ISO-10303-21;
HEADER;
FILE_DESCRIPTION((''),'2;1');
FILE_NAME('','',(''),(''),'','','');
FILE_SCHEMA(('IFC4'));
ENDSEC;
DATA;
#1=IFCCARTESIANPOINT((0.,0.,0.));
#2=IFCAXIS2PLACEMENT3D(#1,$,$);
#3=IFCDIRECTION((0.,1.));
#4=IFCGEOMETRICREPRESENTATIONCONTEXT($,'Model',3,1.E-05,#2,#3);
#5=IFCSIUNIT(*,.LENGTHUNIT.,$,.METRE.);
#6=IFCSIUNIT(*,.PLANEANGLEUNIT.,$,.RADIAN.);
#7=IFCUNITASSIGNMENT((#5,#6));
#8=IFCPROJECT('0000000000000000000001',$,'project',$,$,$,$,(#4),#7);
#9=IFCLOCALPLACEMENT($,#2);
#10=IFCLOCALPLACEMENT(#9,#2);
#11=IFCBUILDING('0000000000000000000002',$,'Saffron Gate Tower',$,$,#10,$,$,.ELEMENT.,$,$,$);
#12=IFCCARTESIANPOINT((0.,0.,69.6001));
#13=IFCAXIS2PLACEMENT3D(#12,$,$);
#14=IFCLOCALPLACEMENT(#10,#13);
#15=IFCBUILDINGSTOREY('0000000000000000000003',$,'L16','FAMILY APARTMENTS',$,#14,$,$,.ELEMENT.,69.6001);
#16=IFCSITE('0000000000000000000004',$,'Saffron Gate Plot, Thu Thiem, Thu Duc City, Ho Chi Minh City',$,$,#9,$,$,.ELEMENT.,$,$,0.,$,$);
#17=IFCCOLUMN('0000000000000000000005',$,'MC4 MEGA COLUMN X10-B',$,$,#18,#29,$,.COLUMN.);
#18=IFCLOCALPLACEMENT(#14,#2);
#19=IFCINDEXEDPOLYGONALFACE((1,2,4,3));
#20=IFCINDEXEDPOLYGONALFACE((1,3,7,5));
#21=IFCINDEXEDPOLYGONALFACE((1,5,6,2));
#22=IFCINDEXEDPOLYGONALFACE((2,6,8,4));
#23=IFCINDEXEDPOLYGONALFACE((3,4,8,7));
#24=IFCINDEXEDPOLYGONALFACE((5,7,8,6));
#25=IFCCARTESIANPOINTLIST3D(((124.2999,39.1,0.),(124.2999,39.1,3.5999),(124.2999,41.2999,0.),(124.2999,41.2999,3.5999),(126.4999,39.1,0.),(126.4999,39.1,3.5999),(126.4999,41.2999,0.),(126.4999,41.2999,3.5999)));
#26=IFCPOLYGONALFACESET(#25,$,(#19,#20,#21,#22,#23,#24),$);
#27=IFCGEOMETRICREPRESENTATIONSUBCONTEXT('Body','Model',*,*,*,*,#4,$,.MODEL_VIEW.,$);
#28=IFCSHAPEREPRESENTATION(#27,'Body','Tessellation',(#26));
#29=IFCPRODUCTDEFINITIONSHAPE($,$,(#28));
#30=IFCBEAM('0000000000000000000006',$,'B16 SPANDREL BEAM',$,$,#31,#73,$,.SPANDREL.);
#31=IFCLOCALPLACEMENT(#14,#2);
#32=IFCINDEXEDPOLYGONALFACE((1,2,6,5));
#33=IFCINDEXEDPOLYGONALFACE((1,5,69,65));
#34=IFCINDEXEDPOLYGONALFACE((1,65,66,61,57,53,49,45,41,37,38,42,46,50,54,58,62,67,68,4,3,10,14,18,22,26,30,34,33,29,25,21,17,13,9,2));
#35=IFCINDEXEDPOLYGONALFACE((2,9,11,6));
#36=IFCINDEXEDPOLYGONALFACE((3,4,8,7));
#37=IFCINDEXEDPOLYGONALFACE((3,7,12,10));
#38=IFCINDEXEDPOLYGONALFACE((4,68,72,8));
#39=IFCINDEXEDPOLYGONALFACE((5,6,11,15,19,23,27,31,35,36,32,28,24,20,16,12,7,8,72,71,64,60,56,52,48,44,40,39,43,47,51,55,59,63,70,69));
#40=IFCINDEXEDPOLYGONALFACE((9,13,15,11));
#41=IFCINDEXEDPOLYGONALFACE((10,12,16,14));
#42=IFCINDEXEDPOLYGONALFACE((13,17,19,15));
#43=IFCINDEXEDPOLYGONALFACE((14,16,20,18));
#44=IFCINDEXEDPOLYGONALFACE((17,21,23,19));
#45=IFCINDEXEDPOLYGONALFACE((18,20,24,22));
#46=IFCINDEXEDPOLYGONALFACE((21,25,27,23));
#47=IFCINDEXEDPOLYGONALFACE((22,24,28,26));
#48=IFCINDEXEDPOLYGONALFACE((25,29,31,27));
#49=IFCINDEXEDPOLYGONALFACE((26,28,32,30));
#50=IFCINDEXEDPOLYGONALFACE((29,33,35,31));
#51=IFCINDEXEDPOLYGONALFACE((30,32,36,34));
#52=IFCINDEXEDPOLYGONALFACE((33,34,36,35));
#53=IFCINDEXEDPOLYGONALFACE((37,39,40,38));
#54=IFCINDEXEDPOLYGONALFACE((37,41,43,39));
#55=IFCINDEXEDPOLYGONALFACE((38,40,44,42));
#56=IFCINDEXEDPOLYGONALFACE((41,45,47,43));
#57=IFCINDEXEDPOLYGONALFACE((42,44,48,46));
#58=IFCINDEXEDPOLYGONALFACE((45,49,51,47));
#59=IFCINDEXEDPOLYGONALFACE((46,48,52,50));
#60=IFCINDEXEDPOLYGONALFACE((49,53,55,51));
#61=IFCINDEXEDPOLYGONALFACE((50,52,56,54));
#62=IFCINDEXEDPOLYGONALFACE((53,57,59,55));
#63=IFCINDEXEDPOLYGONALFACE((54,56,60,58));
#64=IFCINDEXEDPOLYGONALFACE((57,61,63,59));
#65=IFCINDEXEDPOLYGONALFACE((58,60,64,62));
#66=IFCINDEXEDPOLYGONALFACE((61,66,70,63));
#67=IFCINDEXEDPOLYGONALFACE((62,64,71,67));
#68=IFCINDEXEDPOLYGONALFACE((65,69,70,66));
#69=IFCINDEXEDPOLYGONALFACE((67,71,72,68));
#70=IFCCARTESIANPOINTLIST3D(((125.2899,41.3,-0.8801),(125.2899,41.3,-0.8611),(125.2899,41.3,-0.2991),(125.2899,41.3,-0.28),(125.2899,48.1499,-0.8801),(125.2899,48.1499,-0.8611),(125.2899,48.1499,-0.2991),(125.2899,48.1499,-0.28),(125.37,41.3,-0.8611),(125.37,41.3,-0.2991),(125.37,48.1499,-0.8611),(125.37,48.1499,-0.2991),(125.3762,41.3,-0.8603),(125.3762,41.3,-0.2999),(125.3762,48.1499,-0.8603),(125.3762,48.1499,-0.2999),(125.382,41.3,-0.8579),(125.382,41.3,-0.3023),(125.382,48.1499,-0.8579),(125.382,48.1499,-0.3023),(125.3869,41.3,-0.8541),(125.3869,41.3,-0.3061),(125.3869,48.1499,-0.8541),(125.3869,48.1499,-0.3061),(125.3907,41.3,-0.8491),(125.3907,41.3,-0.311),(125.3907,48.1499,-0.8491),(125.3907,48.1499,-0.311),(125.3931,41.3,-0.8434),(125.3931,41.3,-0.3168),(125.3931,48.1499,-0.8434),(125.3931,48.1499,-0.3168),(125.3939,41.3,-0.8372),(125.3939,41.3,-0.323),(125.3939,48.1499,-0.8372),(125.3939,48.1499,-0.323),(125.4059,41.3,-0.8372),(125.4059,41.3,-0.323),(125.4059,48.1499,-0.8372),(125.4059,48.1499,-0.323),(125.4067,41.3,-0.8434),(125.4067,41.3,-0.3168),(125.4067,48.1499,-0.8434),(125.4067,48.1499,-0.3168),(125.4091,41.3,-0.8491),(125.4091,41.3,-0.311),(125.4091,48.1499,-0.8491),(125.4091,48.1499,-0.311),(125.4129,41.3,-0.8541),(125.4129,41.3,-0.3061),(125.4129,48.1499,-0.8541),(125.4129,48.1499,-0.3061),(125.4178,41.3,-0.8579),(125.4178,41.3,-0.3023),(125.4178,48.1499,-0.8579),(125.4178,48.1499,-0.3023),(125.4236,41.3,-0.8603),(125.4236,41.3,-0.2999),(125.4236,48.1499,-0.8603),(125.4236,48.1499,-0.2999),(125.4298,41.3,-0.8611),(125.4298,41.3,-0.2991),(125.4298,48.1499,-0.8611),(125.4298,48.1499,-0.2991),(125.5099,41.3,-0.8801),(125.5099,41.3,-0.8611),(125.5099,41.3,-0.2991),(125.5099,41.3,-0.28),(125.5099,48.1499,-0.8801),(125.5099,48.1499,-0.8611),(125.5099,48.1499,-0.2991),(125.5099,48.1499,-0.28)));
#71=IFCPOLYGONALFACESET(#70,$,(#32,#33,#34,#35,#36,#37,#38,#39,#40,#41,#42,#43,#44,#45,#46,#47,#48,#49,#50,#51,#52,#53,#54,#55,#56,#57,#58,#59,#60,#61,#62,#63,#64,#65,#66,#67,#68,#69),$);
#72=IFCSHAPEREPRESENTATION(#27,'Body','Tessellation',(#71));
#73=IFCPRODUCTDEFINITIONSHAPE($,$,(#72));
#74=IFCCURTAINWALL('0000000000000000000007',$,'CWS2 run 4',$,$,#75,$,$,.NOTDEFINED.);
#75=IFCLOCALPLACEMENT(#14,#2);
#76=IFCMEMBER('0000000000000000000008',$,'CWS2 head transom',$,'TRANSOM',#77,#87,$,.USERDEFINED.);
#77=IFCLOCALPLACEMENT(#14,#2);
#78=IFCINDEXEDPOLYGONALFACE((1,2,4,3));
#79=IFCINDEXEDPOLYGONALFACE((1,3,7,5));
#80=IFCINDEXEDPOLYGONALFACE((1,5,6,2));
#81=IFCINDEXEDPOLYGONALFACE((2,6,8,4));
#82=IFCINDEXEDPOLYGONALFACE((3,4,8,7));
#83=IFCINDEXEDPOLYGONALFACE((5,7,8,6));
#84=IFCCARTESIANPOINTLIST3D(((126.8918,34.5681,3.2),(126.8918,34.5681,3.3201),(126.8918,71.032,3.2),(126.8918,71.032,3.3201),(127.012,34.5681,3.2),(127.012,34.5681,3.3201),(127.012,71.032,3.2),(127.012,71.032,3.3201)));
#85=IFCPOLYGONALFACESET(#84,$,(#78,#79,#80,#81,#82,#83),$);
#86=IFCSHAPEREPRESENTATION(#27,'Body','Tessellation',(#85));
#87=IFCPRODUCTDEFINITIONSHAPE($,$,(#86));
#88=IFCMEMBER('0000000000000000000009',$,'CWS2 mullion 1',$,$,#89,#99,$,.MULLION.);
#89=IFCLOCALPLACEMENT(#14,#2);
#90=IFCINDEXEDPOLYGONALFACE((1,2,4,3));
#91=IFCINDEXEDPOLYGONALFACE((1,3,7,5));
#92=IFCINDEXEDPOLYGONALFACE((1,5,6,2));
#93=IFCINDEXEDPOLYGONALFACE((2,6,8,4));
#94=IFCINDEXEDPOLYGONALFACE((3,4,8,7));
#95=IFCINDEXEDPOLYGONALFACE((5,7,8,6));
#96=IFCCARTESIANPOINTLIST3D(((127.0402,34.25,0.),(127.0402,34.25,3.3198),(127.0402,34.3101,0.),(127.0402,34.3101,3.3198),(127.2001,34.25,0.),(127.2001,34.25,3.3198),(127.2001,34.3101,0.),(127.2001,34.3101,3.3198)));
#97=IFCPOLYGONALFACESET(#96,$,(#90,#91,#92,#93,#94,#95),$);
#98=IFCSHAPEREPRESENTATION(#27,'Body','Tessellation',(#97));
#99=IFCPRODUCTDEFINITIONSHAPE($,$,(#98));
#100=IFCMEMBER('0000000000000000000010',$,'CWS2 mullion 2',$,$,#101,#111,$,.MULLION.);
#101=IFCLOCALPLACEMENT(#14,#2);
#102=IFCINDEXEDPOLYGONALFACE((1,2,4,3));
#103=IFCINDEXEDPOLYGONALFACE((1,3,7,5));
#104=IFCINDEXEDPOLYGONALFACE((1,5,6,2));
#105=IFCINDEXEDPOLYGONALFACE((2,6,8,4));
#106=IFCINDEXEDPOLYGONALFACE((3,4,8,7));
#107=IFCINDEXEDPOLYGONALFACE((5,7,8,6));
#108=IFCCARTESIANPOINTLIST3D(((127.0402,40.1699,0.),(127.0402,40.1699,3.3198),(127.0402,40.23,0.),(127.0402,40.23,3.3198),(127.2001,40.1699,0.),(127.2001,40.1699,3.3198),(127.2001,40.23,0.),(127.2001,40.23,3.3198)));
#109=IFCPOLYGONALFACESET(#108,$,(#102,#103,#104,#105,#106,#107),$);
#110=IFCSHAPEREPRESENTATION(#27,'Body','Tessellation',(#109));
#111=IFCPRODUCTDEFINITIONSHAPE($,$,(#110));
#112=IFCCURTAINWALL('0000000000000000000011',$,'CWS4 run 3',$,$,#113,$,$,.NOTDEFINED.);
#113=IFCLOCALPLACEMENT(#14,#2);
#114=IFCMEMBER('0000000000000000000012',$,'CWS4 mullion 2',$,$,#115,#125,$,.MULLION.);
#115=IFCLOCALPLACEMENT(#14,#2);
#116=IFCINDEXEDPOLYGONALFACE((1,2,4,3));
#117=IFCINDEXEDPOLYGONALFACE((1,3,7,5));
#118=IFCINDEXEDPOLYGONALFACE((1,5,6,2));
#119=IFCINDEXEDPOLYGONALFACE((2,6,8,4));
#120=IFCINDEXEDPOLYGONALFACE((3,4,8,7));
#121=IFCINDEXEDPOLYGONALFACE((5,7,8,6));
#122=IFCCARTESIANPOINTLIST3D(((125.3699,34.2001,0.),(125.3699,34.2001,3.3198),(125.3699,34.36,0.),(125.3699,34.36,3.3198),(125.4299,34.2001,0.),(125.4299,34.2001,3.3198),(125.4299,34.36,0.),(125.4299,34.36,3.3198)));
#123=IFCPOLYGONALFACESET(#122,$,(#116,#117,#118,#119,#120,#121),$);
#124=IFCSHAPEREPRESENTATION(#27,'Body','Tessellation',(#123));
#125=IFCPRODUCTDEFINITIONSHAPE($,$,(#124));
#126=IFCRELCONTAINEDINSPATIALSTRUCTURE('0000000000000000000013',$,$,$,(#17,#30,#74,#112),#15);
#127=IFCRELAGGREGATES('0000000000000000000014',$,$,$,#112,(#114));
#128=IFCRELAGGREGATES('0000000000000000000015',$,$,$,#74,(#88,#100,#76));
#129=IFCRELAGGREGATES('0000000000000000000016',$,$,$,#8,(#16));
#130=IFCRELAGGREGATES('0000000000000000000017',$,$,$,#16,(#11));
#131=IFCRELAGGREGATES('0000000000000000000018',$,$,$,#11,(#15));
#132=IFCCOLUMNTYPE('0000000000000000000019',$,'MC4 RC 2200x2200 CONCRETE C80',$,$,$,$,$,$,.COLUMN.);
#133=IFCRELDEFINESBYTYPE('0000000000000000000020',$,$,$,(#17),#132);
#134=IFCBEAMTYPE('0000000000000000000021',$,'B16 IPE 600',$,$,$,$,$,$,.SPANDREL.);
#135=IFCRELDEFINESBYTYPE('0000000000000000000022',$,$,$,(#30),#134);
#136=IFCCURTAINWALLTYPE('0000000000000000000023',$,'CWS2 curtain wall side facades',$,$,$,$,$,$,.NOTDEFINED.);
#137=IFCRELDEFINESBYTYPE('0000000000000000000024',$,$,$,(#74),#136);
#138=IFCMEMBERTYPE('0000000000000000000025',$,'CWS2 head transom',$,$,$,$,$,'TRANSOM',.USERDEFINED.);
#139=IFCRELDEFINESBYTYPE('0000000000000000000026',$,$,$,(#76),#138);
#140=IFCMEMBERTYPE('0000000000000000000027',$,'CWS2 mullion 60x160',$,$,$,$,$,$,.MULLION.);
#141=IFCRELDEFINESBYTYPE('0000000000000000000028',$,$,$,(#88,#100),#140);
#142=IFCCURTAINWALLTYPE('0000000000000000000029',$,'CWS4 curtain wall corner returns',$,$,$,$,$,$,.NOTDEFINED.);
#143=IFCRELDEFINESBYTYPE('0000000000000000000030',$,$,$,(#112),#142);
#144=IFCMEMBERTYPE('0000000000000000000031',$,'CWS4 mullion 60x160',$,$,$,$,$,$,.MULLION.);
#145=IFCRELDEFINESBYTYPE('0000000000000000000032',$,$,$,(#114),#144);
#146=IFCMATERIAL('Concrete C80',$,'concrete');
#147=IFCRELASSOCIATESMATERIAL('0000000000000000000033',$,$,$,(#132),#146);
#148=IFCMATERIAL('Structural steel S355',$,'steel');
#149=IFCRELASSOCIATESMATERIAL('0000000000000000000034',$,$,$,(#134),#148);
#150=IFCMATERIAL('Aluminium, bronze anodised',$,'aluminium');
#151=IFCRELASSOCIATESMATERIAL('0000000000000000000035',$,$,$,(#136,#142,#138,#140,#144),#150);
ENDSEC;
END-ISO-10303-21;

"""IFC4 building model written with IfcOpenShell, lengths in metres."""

from ifc_helpers import new_model, si_unit, direction, frame, origin, origin_2d, place, context, subcontext, project, spatial, rectangle, i_section, extrude, material, material_profile, profile_set, type_object, element, aggregate, save


model = new_model("IFC4")

# Units and contexts
model_context = context("Model", 3, precision=1e-05, world=origin(), true_north=direction((0.0, 1.0)))
body_context = subcontext(model_context, "Body", "Model", "MODEL_VIEW")
ifc_project = project(units=[si_unit("LENGTHUNIT", "METRE"), si_unit("PLANEANGLEUNIT", "RADIAN")], contexts=[model_context])

# Site, building, storey
site_placement = place(None, origin())
site = spatial("IfcSite", under=ifc_project, at=site_placement, Name="Saffron Gate Plot, Thu Thiem, Thu Duc City, Ho Chi Minh City", CompositionType="ELEMENT", RefElevation=0.0)
building_placement = place(site_placement, origin())
building = spatial("IfcBuilding", under=site, at=building_placement, Name="Saffron Gate Tower", CompositionType="ELEMENT")
storey_placement = place(building_placement, frame((0.0, 0.0, 69.6001)))
storey = spatial("IfcBuildingStorey", under=building, at=storey_placement, Name="L16", Description="FAMILY APARTMENTS", CompositionType="ELEMENT", Elevation=69.6001)

# Column
ifc_material_1 = material(Name="Concrete C80", Category="concrete")
ifc_material_profile_1 = material_profile(ifc_material_1, rectangle(XDim=2.2, YDim=2.2, at=origin_2d()))
ifc_profile_set_1 = profile_set([ifc_material_profile_1], Name="Concrete C80")
column_type = type_object("IfcColumnType", Name="MC4 RC 2200x2200 CONCRETE C80", PredefinedType="COLUMN", material=ifc_profile_set_1)
column_placement = place(storey_placement, frame((125.3999, 40.2, 0.0), z_axis=(0.0, 0.0, 1.0), x_axis=(1.0, 0.0, 0.0)))
element("IfcColumn", 1, at=column_placement, inside=storey, type_object=column_type, Name="MC4 MEGA COLUMN X10-B", PredefinedType="COLUMN", context=body_context, shape_type="SweptSolid", body=[
    extrude(rectangle(XDim=2.2, YDim=2.2, at=origin_2d()), origin(), (0.0, 0.0, 1.0), 3.5999),
])

# Beam
ifc_material_2 = material(Name="Structural steel S355", Category="steel")
ifc_material_profile_2 = material_profile(ifc_material_2, i_section(OverallWidth=0.22, OverallDepth=0.6001, WebThickness=0.012, FlangeThickness=0.019, FilletRadius=0.0239, at=origin_2d()))
ifc_profile_set_2 = profile_set([ifc_material_profile_2], Name="Structural steel S355")
beam_type = type_object("IfcBeamType", Name="B16 IPE 600", PredefinedType="SPANDREL", material=ifc_profile_set_2)
beam_placement = place(storey_placement, frame((125.3999, 41.3, -0.5801), z_axis=(0.0, 1.0, 0.0), x_axis=(-1.0, 0.0, 0.0)))
element("IfcBeam", 2, at=beam_placement, inside=storey, type_object=beam_type, Name="B16 SPANDREL BEAM", PredefinedType="SPANDREL", context=body_context, shape_type="SweptSolid", body=[
    extrude(i_section(OverallWidth=0.22, OverallDepth=0.6001, WebThickness=0.012, FlangeThickness=0.019, FilletRadius=0.0239, at=origin_2d()), origin(), (0.0, 0.0, 1.0), 6.8499),
])

# Curtain wall, members
ifc_material_3 = material(Name="Aluminium, bronze anodised", Category="aluminium")
curtain_wall_type_1 = type_object("IfcCurtainWallType", Name="CWS2 curtain wall side facades", PredefinedType="NOTDEFINED", material=ifc_material_3)
curtain_wall_1_placement = place(storey_placement, origin())
curtain_wall_1 = element("IfcCurtainWall", 3, at=curtain_wall_1_placement, inside=storey, type_object=curtain_wall_type_1, Name="CWS2 run 4", PredefinedType="NOTDEFINED")
ifc_material_profile_3 = material_profile(ifc_material_3, rectangle(XDim=0.1201, YDim=0.1201, at=origin_2d()))
ifc_profile_set_3 = profile_set([ifc_material_profile_3], Name="Aluminium, bronze anodised")
member_type_1 = type_object("IfcMemberType", Name="CWS2 head transom", ElementType="TRANSOM", PredefinedType="USERDEFINED", material=ifc_profile_set_3)
member_1_placement = place(storey_placement, frame((126.9519, 34.5681, 3.26), z_axis=(0.0, 1.0, 0.0), x_axis=(-1.0, 0.0, 0.0)))
member_1 = element("IfcMember", 4, at=member_1_placement, type_object=member_type_1, Name="CWS2 head transom", ObjectType="TRANSOM", PredefinedType="USERDEFINED", context=body_context, shape_type="SweptSolid", body=[
    extrude(rectangle(XDim=0.1201, YDim=0.1201, at=origin_2d()), origin(), (0.0, 0.0, 1.0), 36.4639),
])
ifc_material_profile_4 = material_profile(ifc_material_3, rectangle(XDim=0.1599, YDim=0.0601, at=origin_2d()))
ifc_profile_set_4 = profile_set([ifc_material_profile_4], Name="Aluminium, bronze anodised")
member_type_2 = type_object("IfcMemberType", Name="CWS2 mullion 60x160", PredefinedType="MULLION", material=ifc_profile_set_4)
member_2_placement = place(storey_placement, frame((127.1201, 34.28, 0.0), z_axis=(0.0, 0.0, 1.0), x_axis=(-1.0, 0.0, 0.0)))
member_2 = element("IfcMember", 5, at=member_2_placement, type_object=member_type_2, Name="CWS2 mullion 1", PredefinedType="MULLION", context=body_context, shape_type="SweptSolid", body=[
    extrude(rectangle(XDim=0.1599, YDim=0.0601, at=origin_2d()), origin(), (0.0, 0.0, 1.0), 3.3198),
])
member_3_placement = place(storey_placement, frame((127.1201, 40.2, 0.0), z_axis=(0.0, 0.0, 1.0), x_axis=(-1.0, 0.0, 0.0)))
member_3 = element("IfcMember", 6, at=member_3_placement, type_object=member_type_2, Name="CWS2 mullion 2", PredefinedType="MULLION", context=body_context, shape_type="SweptSolid", body=[
    extrude(rectangle(XDim=0.1599, YDim=0.0601, at=origin_2d()), origin(), (0.0, 0.0, 1.0), 3.3198),
])

# Curtain wall, member
curtain_wall_type_2 = type_object("IfcCurtainWallType", Name="CWS4 curtain wall corner returns", PredefinedType="NOTDEFINED", material=ifc_material_3)
curtain_wall_2_placement = place(storey_placement, origin())
curtain_wall_2 = element("IfcCurtainWall", 7, at=curtain_wall_2_placement, inside=storey, type_object=curtain_wall_type_2, Name="CWS4 run 3", PredefinedType="NOTDEFINED")
ifc_material_profile_5 = material_profile(ifc_material_3, rectangle(XDim=0.1599, YDim=0.0601, at=origin_2d()))
ifc_profile_set_5 = profile_set([ifc_material_profile_5], Name="Aluminium, bronze anodised")
member_type_3 = type_object("IfcMemberType", Name="CWS4 mullion 60x160", PredefinedType="MULLION", material=ifc_profile_set_5)
member_4_placement = place(storey_placement, frame((125.3999, 34.28, 0.0), z_axis=(0.0, 0.0, 1.0), x_axis=(0.0, 1.0, 0.0)))
member_4 = element("IfcMember", 8, at=member_4_placement, type_object=member_type_3, Name="CWS4 mullion 2", PredefinedType="MULLION", context=body_context, shape_type="SweptSolid", body=[
    extrude(rectangle(XDim=0.1599, YDim=0.0601, at=origin_2d()), origin(), (0.0, 0.0, 1.0), 3.3198),
])
aggregate(curtain_wall_2, [member_4])

aggregate(curtain_wall_1, [member_2, member_3, member_1])

save(model, "model.ifc")
